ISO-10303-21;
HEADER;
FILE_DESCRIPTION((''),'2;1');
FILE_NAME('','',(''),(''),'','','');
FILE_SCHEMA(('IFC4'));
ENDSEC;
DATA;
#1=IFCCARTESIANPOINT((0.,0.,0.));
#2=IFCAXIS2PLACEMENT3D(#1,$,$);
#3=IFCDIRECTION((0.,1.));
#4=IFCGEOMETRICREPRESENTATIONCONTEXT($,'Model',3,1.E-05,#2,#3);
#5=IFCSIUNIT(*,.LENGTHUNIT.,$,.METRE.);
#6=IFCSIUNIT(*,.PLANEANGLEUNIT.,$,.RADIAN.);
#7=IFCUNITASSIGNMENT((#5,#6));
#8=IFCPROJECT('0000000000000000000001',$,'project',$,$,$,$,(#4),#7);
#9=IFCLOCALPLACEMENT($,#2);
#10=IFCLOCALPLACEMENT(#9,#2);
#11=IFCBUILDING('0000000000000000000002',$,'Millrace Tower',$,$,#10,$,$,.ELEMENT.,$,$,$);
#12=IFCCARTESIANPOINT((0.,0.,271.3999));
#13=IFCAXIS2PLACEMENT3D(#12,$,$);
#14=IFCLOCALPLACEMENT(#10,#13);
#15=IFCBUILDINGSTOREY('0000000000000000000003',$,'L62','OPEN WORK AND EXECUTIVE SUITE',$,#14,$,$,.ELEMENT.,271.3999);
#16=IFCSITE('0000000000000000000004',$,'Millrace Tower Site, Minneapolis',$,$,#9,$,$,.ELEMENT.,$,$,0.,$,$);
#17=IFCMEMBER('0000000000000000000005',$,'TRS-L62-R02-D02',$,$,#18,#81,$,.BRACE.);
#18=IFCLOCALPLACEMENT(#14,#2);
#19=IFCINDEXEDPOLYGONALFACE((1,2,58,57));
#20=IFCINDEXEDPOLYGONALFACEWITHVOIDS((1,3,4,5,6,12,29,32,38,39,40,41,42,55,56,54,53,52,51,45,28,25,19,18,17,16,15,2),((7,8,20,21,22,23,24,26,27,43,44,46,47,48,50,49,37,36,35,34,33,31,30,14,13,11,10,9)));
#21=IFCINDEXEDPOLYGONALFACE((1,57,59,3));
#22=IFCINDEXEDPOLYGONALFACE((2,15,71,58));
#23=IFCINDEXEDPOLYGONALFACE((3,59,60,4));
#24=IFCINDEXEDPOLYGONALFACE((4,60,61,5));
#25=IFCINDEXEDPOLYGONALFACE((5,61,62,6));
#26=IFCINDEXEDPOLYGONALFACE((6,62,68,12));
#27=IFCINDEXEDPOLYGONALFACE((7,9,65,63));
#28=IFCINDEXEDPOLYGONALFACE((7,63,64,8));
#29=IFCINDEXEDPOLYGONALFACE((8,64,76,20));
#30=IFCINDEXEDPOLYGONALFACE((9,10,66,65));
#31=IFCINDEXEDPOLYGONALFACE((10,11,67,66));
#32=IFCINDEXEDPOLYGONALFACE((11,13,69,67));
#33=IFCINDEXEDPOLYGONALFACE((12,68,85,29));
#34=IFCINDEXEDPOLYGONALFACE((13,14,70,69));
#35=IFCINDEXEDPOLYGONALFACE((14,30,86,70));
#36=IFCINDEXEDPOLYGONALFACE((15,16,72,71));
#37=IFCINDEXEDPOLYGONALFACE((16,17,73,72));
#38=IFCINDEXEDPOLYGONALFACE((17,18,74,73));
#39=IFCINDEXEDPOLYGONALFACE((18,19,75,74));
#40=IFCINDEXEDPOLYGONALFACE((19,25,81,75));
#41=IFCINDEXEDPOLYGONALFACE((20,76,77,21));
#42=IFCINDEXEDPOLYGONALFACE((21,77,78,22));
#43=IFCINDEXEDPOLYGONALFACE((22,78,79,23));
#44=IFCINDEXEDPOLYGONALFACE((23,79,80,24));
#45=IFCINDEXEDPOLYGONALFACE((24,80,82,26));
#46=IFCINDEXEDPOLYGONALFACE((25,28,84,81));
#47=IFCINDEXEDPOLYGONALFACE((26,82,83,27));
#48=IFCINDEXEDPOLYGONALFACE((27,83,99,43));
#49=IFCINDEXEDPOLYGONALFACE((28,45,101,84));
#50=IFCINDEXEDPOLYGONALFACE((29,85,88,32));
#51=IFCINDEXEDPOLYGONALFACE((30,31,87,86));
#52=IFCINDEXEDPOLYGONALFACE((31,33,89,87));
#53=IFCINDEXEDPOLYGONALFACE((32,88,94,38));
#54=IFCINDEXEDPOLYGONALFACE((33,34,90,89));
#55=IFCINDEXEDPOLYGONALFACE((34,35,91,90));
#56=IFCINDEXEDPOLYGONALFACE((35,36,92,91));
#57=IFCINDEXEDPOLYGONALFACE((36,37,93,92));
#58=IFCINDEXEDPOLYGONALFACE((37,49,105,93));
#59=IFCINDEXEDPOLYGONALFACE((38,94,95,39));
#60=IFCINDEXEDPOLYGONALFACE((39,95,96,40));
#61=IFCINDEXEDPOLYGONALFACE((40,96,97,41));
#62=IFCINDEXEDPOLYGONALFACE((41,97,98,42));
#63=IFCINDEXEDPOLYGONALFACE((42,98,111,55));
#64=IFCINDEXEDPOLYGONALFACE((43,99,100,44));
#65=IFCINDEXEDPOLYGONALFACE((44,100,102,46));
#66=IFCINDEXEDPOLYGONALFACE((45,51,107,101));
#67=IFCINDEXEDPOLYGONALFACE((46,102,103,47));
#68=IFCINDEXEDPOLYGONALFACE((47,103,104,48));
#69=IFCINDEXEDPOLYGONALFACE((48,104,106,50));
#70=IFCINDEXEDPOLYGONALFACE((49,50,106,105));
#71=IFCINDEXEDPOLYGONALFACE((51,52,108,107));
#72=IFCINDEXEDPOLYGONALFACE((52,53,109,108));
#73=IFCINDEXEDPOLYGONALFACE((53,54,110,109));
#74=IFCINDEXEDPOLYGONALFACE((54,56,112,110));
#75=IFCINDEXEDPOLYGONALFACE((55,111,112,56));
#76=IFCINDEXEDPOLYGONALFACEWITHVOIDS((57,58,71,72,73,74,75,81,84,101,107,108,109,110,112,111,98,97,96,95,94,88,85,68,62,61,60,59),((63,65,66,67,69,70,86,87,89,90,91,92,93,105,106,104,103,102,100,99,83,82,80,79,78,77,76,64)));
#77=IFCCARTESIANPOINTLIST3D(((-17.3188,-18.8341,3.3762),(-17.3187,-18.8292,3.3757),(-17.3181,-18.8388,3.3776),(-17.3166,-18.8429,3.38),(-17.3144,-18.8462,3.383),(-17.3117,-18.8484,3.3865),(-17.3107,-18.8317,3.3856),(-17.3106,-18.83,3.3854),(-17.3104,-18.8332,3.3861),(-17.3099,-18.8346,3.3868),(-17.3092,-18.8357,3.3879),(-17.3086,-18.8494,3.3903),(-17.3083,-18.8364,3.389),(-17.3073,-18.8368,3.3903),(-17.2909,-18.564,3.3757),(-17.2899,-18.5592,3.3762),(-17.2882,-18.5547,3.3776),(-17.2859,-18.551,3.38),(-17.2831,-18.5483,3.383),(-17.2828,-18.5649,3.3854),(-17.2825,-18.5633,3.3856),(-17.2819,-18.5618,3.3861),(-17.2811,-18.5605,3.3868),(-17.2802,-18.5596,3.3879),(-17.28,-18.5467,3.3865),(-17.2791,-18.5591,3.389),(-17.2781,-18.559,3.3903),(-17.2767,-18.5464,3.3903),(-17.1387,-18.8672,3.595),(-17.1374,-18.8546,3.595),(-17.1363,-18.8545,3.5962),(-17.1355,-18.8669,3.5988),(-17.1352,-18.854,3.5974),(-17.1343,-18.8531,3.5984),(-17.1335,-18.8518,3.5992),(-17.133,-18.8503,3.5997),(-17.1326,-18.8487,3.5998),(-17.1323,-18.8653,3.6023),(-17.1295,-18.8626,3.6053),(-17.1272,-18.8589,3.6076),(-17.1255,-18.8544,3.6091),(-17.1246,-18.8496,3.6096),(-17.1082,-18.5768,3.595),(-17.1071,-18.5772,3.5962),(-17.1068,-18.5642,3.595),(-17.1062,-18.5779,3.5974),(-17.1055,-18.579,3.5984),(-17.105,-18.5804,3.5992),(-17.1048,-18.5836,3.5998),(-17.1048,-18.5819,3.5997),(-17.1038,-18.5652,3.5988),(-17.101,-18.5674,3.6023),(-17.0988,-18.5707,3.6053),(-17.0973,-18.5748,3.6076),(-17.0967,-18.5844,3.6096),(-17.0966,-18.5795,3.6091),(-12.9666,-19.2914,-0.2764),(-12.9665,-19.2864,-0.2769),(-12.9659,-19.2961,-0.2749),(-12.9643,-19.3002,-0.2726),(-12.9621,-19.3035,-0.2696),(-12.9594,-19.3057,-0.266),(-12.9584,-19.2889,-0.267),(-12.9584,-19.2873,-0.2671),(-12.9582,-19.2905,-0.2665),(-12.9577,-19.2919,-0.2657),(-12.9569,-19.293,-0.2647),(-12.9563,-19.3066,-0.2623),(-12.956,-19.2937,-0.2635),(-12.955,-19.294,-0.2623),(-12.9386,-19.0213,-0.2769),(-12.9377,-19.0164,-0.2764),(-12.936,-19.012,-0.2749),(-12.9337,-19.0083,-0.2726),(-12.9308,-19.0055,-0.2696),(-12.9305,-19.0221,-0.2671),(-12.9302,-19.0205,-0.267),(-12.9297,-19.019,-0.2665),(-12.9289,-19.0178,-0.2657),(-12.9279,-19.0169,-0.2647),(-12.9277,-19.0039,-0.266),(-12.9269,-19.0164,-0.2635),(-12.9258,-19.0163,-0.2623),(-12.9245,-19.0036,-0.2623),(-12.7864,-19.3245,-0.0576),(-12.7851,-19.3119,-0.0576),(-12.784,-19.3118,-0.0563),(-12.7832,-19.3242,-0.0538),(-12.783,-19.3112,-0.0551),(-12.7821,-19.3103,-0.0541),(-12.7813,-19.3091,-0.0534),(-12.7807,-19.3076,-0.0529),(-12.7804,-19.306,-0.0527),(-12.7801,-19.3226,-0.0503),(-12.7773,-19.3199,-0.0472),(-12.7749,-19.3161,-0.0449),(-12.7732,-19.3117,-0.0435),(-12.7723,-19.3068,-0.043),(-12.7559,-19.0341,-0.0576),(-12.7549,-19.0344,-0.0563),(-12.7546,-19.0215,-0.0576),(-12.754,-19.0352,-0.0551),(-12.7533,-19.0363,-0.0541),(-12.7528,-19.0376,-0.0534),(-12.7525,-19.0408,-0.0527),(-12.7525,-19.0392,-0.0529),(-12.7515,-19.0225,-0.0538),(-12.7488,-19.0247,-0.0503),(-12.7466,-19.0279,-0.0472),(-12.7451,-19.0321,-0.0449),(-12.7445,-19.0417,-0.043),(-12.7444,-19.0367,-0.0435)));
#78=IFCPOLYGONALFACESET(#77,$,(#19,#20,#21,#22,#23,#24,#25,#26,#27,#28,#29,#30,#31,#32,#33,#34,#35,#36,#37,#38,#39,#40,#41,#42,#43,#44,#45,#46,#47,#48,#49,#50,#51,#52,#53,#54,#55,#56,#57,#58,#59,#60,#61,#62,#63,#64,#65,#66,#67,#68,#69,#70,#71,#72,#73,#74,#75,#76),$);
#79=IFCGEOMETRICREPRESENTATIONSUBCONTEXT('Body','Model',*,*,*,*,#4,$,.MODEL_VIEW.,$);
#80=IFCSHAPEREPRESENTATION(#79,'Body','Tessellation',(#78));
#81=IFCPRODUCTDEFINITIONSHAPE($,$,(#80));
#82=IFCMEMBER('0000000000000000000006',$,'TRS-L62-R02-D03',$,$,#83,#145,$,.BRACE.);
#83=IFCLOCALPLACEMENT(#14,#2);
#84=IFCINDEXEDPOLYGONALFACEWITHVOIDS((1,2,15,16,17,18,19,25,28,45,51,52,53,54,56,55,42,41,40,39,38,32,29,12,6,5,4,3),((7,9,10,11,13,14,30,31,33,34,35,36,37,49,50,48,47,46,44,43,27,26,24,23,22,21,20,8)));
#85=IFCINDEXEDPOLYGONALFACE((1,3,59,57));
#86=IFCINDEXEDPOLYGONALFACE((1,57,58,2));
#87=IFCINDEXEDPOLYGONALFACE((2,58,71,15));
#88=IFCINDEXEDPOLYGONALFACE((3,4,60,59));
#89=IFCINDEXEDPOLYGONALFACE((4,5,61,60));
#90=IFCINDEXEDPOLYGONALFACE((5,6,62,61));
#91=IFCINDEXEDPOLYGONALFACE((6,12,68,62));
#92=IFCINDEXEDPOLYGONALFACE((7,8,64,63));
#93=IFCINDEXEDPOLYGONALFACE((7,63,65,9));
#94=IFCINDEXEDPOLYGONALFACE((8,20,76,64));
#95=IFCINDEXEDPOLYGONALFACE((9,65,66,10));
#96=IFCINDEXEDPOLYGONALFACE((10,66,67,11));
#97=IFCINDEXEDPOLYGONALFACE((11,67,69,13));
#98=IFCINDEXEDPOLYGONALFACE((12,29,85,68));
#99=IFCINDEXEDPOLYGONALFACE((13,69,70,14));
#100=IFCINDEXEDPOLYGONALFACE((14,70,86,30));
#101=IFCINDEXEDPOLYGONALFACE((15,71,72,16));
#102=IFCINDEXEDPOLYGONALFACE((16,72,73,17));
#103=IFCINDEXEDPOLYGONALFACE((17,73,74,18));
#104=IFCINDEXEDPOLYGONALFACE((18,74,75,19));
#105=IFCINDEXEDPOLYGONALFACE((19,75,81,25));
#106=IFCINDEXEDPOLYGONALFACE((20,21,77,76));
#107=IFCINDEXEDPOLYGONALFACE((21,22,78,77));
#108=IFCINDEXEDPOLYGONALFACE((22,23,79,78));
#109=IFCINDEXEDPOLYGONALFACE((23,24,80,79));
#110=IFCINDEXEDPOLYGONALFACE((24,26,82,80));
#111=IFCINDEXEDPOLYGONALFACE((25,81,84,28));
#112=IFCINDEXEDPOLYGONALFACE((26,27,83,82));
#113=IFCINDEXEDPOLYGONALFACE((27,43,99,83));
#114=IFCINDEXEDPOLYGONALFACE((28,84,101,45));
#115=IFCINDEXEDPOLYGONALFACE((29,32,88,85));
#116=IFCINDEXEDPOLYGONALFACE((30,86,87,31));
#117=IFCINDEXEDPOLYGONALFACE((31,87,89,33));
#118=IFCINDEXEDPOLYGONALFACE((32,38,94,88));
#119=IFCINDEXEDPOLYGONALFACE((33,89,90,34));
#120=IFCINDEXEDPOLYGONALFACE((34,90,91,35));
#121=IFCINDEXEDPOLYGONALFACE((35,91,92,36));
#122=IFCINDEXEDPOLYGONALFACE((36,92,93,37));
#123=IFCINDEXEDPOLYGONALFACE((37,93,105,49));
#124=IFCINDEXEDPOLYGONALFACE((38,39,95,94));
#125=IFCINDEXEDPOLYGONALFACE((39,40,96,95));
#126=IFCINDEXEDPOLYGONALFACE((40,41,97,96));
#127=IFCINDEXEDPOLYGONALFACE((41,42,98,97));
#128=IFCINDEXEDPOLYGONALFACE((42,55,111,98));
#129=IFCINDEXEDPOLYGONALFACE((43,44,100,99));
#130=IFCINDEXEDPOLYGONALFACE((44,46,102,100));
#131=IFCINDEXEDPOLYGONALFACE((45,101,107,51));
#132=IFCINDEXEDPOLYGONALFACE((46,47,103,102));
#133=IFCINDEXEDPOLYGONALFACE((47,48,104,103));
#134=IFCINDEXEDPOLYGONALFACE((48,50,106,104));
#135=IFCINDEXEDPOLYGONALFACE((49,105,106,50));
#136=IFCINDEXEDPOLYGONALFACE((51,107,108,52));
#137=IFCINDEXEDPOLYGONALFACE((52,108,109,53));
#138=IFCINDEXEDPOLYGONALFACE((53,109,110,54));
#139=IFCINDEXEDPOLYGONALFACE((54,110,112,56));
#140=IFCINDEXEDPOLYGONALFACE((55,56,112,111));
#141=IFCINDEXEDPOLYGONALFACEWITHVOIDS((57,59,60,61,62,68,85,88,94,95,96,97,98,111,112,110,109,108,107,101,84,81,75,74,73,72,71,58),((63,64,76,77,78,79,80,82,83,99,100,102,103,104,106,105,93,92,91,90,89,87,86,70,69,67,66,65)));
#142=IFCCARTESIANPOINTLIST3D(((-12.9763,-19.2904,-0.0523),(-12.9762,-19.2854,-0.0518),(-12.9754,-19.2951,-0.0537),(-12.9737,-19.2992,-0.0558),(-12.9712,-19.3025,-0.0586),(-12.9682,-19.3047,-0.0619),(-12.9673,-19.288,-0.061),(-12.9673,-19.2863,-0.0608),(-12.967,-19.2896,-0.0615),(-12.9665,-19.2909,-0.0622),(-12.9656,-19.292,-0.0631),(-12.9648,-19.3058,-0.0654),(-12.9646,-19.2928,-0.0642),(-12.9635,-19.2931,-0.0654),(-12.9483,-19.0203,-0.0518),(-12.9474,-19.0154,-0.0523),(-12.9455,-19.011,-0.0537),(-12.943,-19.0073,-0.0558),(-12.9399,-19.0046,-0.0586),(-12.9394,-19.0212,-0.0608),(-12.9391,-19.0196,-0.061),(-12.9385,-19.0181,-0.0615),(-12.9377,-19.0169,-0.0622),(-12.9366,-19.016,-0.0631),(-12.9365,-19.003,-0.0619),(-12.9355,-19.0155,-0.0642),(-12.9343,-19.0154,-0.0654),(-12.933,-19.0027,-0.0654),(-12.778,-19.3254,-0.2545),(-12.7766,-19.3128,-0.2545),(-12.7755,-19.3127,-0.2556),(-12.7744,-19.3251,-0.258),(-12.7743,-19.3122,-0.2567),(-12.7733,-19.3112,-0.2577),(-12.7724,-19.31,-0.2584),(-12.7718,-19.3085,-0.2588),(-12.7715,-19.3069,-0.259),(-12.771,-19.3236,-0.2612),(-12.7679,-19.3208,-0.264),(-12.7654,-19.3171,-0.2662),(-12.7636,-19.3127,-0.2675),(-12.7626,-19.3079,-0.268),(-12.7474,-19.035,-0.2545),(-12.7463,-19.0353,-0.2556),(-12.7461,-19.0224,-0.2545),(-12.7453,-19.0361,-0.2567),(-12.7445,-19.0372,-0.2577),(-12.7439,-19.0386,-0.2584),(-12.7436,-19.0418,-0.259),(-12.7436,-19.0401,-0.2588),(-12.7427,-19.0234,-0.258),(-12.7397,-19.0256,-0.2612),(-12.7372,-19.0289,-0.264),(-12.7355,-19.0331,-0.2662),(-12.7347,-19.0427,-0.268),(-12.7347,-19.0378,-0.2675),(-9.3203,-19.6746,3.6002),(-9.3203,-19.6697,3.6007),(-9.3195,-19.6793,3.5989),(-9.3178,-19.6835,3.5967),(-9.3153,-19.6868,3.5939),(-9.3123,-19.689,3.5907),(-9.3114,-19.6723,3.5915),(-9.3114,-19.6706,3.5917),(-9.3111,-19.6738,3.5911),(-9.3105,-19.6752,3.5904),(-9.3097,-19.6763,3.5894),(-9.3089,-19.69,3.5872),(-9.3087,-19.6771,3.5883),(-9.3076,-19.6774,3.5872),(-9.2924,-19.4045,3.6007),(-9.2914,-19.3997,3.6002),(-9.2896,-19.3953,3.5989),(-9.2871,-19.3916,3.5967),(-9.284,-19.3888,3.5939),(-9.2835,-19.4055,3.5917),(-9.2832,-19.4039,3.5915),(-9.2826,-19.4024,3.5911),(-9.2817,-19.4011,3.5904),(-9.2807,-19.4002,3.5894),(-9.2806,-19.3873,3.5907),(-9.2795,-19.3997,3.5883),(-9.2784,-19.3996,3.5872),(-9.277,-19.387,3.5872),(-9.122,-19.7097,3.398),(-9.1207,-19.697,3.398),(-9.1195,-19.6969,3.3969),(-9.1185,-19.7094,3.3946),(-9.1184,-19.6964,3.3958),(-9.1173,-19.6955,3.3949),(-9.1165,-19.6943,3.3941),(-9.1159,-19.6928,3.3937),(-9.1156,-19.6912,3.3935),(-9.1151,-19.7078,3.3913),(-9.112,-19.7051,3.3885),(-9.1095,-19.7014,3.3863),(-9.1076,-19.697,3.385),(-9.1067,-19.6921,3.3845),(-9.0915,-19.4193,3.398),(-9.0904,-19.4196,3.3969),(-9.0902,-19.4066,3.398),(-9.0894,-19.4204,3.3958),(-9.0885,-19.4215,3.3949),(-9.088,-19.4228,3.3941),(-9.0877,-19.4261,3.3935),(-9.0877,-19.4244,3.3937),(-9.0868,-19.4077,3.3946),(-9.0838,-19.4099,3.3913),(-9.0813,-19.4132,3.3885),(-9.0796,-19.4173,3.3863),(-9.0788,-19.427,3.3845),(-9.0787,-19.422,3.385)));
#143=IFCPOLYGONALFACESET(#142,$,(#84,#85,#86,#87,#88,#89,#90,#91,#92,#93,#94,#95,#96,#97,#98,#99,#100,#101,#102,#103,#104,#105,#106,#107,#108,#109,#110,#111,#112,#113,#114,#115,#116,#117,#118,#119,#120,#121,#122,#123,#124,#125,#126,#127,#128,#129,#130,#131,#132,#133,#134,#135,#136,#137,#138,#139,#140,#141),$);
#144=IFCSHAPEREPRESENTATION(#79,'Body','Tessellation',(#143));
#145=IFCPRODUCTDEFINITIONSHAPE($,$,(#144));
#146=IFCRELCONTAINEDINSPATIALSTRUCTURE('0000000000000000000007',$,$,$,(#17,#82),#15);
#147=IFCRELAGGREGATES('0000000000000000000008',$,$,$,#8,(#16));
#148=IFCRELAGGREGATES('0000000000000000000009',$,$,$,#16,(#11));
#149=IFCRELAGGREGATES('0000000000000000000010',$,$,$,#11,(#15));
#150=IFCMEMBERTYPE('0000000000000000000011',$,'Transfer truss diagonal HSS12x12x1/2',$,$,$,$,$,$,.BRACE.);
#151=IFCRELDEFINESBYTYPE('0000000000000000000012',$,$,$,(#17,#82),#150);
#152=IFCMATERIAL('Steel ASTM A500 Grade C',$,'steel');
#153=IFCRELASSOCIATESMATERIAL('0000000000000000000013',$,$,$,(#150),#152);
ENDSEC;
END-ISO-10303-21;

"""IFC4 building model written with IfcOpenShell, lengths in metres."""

from ifc_helpers import new_model, si_unit, direction, frame, origin, origin_2d, place, context, subcontext, project, spatial, hollow_rectangle, extrude, material, material_profile, profile_set, type_object, element, save


model = new_model("IFC4")

# Units and contexts
model_context = context("Model", 3, precision=1e-05, world=origin(), true_north=direction((0.0, 1.0)))
body_context = subcontext(model_context, "Body", "Model", "MODEL_VIEW")
ifc_project = project(units=[si_unit("LENGTHUNIT", "METRE"), si_unit("PLANEANGLEUNIT", "RADIAN")], contexts=[model_context])

# Site, building, storey
site_placement = place(None, origin())
site = spatial("IfcSite", under=ifc_project, at=site_placement, Name="Millrace Tower Site, Minneapolis", CompositionType="ELEMENT", RefElevation=0.0)
building_placement = place(site_placement, origin())
building = spatial("IfcBuilding", under=site, at=building_placement, Name="Millrace Tower", CompositionType="ELEMENT")
storey_placement = place(building_placement, frame((0.0, 0.0, 271.3999)))
storey = spatial("IfcBuildingStorey", under=building, at=storey_placement, Name="L62", Description="OPEN WORK AND EXECUTIVE SUITE", CompositionType="ELEMENT", Elevation=271.3999)

# Members
ifc_material_1 = material(Name="Steel ASTM A500 Grade C", Category="steel")
ifc_material_profile_1 = material_profile(ifc_material_1, hollow_rectangle(XDim=0.3047, YDim=0.3047, WallThickness=0.0127, InnerFilletRadius=0.0063, OuterFilletRadius=0.019, at=origin_2d()))
ifc_profile_set_1 = profile_set([ifc_material_profile_1], Name="Steel ASTM A500 Grade C")
member_type_1 = type_object("IfcMemberType", Name="Transfer truss diagonal HSS12x12x1/2", PredefinedType="BRACE", material=ifc_profile_set_1)
member_1_placement = place(storey_placement, frame((-12.8555, -19.1641, -0.1599), z_axis=(-0.763526, 0.08022, 0.640776), x_axis=(-0.10449, -0.994526, 0.0)))
element("IfcMember", 1, at=member_1_placement, inside=storey, type_object=member_type_1, Name="TRS-L62-R02-D02", PredefinedType="BRACE", context=body_context, shape_type="SweptSolid", body=[
    extrude(hollow_rectangle(XDim=0.3047, YDim=0.3047, WallThickness=0.0127, InnerFilletRadius=0.0063, OuterFilletRadius=0.019, at=origin_2d()), origin(), (0.0, 0.0, 1.0), 5.7002),
])
member_2_placement = place(storey_placement, frame((-12.8555, -19.1641, -0.1599), z_axis=(0.70549, -0.074153, 0.70483), x_axis=(0.104533, 0.994521, 0.0)))
element("IfcMember", 2, at=member_2_placement, inside=storey, type_object=member_type_1, Name="TRS-L62-R02-D03", PredefinedType="BRACE", context=body_context, shape_type="SweptSolid", body=[
    extrude(hollow_rectangle(XDim=0.3047, YDim=0.3047, WallThickness=0.0127, InnerFilletRadius=0.0063, OuterFilletRadius=0.019, at=origin_2d()), origin(), (0.0, 0.0, 1.0), 5.1821),
])

save(model, "model.ifc")
